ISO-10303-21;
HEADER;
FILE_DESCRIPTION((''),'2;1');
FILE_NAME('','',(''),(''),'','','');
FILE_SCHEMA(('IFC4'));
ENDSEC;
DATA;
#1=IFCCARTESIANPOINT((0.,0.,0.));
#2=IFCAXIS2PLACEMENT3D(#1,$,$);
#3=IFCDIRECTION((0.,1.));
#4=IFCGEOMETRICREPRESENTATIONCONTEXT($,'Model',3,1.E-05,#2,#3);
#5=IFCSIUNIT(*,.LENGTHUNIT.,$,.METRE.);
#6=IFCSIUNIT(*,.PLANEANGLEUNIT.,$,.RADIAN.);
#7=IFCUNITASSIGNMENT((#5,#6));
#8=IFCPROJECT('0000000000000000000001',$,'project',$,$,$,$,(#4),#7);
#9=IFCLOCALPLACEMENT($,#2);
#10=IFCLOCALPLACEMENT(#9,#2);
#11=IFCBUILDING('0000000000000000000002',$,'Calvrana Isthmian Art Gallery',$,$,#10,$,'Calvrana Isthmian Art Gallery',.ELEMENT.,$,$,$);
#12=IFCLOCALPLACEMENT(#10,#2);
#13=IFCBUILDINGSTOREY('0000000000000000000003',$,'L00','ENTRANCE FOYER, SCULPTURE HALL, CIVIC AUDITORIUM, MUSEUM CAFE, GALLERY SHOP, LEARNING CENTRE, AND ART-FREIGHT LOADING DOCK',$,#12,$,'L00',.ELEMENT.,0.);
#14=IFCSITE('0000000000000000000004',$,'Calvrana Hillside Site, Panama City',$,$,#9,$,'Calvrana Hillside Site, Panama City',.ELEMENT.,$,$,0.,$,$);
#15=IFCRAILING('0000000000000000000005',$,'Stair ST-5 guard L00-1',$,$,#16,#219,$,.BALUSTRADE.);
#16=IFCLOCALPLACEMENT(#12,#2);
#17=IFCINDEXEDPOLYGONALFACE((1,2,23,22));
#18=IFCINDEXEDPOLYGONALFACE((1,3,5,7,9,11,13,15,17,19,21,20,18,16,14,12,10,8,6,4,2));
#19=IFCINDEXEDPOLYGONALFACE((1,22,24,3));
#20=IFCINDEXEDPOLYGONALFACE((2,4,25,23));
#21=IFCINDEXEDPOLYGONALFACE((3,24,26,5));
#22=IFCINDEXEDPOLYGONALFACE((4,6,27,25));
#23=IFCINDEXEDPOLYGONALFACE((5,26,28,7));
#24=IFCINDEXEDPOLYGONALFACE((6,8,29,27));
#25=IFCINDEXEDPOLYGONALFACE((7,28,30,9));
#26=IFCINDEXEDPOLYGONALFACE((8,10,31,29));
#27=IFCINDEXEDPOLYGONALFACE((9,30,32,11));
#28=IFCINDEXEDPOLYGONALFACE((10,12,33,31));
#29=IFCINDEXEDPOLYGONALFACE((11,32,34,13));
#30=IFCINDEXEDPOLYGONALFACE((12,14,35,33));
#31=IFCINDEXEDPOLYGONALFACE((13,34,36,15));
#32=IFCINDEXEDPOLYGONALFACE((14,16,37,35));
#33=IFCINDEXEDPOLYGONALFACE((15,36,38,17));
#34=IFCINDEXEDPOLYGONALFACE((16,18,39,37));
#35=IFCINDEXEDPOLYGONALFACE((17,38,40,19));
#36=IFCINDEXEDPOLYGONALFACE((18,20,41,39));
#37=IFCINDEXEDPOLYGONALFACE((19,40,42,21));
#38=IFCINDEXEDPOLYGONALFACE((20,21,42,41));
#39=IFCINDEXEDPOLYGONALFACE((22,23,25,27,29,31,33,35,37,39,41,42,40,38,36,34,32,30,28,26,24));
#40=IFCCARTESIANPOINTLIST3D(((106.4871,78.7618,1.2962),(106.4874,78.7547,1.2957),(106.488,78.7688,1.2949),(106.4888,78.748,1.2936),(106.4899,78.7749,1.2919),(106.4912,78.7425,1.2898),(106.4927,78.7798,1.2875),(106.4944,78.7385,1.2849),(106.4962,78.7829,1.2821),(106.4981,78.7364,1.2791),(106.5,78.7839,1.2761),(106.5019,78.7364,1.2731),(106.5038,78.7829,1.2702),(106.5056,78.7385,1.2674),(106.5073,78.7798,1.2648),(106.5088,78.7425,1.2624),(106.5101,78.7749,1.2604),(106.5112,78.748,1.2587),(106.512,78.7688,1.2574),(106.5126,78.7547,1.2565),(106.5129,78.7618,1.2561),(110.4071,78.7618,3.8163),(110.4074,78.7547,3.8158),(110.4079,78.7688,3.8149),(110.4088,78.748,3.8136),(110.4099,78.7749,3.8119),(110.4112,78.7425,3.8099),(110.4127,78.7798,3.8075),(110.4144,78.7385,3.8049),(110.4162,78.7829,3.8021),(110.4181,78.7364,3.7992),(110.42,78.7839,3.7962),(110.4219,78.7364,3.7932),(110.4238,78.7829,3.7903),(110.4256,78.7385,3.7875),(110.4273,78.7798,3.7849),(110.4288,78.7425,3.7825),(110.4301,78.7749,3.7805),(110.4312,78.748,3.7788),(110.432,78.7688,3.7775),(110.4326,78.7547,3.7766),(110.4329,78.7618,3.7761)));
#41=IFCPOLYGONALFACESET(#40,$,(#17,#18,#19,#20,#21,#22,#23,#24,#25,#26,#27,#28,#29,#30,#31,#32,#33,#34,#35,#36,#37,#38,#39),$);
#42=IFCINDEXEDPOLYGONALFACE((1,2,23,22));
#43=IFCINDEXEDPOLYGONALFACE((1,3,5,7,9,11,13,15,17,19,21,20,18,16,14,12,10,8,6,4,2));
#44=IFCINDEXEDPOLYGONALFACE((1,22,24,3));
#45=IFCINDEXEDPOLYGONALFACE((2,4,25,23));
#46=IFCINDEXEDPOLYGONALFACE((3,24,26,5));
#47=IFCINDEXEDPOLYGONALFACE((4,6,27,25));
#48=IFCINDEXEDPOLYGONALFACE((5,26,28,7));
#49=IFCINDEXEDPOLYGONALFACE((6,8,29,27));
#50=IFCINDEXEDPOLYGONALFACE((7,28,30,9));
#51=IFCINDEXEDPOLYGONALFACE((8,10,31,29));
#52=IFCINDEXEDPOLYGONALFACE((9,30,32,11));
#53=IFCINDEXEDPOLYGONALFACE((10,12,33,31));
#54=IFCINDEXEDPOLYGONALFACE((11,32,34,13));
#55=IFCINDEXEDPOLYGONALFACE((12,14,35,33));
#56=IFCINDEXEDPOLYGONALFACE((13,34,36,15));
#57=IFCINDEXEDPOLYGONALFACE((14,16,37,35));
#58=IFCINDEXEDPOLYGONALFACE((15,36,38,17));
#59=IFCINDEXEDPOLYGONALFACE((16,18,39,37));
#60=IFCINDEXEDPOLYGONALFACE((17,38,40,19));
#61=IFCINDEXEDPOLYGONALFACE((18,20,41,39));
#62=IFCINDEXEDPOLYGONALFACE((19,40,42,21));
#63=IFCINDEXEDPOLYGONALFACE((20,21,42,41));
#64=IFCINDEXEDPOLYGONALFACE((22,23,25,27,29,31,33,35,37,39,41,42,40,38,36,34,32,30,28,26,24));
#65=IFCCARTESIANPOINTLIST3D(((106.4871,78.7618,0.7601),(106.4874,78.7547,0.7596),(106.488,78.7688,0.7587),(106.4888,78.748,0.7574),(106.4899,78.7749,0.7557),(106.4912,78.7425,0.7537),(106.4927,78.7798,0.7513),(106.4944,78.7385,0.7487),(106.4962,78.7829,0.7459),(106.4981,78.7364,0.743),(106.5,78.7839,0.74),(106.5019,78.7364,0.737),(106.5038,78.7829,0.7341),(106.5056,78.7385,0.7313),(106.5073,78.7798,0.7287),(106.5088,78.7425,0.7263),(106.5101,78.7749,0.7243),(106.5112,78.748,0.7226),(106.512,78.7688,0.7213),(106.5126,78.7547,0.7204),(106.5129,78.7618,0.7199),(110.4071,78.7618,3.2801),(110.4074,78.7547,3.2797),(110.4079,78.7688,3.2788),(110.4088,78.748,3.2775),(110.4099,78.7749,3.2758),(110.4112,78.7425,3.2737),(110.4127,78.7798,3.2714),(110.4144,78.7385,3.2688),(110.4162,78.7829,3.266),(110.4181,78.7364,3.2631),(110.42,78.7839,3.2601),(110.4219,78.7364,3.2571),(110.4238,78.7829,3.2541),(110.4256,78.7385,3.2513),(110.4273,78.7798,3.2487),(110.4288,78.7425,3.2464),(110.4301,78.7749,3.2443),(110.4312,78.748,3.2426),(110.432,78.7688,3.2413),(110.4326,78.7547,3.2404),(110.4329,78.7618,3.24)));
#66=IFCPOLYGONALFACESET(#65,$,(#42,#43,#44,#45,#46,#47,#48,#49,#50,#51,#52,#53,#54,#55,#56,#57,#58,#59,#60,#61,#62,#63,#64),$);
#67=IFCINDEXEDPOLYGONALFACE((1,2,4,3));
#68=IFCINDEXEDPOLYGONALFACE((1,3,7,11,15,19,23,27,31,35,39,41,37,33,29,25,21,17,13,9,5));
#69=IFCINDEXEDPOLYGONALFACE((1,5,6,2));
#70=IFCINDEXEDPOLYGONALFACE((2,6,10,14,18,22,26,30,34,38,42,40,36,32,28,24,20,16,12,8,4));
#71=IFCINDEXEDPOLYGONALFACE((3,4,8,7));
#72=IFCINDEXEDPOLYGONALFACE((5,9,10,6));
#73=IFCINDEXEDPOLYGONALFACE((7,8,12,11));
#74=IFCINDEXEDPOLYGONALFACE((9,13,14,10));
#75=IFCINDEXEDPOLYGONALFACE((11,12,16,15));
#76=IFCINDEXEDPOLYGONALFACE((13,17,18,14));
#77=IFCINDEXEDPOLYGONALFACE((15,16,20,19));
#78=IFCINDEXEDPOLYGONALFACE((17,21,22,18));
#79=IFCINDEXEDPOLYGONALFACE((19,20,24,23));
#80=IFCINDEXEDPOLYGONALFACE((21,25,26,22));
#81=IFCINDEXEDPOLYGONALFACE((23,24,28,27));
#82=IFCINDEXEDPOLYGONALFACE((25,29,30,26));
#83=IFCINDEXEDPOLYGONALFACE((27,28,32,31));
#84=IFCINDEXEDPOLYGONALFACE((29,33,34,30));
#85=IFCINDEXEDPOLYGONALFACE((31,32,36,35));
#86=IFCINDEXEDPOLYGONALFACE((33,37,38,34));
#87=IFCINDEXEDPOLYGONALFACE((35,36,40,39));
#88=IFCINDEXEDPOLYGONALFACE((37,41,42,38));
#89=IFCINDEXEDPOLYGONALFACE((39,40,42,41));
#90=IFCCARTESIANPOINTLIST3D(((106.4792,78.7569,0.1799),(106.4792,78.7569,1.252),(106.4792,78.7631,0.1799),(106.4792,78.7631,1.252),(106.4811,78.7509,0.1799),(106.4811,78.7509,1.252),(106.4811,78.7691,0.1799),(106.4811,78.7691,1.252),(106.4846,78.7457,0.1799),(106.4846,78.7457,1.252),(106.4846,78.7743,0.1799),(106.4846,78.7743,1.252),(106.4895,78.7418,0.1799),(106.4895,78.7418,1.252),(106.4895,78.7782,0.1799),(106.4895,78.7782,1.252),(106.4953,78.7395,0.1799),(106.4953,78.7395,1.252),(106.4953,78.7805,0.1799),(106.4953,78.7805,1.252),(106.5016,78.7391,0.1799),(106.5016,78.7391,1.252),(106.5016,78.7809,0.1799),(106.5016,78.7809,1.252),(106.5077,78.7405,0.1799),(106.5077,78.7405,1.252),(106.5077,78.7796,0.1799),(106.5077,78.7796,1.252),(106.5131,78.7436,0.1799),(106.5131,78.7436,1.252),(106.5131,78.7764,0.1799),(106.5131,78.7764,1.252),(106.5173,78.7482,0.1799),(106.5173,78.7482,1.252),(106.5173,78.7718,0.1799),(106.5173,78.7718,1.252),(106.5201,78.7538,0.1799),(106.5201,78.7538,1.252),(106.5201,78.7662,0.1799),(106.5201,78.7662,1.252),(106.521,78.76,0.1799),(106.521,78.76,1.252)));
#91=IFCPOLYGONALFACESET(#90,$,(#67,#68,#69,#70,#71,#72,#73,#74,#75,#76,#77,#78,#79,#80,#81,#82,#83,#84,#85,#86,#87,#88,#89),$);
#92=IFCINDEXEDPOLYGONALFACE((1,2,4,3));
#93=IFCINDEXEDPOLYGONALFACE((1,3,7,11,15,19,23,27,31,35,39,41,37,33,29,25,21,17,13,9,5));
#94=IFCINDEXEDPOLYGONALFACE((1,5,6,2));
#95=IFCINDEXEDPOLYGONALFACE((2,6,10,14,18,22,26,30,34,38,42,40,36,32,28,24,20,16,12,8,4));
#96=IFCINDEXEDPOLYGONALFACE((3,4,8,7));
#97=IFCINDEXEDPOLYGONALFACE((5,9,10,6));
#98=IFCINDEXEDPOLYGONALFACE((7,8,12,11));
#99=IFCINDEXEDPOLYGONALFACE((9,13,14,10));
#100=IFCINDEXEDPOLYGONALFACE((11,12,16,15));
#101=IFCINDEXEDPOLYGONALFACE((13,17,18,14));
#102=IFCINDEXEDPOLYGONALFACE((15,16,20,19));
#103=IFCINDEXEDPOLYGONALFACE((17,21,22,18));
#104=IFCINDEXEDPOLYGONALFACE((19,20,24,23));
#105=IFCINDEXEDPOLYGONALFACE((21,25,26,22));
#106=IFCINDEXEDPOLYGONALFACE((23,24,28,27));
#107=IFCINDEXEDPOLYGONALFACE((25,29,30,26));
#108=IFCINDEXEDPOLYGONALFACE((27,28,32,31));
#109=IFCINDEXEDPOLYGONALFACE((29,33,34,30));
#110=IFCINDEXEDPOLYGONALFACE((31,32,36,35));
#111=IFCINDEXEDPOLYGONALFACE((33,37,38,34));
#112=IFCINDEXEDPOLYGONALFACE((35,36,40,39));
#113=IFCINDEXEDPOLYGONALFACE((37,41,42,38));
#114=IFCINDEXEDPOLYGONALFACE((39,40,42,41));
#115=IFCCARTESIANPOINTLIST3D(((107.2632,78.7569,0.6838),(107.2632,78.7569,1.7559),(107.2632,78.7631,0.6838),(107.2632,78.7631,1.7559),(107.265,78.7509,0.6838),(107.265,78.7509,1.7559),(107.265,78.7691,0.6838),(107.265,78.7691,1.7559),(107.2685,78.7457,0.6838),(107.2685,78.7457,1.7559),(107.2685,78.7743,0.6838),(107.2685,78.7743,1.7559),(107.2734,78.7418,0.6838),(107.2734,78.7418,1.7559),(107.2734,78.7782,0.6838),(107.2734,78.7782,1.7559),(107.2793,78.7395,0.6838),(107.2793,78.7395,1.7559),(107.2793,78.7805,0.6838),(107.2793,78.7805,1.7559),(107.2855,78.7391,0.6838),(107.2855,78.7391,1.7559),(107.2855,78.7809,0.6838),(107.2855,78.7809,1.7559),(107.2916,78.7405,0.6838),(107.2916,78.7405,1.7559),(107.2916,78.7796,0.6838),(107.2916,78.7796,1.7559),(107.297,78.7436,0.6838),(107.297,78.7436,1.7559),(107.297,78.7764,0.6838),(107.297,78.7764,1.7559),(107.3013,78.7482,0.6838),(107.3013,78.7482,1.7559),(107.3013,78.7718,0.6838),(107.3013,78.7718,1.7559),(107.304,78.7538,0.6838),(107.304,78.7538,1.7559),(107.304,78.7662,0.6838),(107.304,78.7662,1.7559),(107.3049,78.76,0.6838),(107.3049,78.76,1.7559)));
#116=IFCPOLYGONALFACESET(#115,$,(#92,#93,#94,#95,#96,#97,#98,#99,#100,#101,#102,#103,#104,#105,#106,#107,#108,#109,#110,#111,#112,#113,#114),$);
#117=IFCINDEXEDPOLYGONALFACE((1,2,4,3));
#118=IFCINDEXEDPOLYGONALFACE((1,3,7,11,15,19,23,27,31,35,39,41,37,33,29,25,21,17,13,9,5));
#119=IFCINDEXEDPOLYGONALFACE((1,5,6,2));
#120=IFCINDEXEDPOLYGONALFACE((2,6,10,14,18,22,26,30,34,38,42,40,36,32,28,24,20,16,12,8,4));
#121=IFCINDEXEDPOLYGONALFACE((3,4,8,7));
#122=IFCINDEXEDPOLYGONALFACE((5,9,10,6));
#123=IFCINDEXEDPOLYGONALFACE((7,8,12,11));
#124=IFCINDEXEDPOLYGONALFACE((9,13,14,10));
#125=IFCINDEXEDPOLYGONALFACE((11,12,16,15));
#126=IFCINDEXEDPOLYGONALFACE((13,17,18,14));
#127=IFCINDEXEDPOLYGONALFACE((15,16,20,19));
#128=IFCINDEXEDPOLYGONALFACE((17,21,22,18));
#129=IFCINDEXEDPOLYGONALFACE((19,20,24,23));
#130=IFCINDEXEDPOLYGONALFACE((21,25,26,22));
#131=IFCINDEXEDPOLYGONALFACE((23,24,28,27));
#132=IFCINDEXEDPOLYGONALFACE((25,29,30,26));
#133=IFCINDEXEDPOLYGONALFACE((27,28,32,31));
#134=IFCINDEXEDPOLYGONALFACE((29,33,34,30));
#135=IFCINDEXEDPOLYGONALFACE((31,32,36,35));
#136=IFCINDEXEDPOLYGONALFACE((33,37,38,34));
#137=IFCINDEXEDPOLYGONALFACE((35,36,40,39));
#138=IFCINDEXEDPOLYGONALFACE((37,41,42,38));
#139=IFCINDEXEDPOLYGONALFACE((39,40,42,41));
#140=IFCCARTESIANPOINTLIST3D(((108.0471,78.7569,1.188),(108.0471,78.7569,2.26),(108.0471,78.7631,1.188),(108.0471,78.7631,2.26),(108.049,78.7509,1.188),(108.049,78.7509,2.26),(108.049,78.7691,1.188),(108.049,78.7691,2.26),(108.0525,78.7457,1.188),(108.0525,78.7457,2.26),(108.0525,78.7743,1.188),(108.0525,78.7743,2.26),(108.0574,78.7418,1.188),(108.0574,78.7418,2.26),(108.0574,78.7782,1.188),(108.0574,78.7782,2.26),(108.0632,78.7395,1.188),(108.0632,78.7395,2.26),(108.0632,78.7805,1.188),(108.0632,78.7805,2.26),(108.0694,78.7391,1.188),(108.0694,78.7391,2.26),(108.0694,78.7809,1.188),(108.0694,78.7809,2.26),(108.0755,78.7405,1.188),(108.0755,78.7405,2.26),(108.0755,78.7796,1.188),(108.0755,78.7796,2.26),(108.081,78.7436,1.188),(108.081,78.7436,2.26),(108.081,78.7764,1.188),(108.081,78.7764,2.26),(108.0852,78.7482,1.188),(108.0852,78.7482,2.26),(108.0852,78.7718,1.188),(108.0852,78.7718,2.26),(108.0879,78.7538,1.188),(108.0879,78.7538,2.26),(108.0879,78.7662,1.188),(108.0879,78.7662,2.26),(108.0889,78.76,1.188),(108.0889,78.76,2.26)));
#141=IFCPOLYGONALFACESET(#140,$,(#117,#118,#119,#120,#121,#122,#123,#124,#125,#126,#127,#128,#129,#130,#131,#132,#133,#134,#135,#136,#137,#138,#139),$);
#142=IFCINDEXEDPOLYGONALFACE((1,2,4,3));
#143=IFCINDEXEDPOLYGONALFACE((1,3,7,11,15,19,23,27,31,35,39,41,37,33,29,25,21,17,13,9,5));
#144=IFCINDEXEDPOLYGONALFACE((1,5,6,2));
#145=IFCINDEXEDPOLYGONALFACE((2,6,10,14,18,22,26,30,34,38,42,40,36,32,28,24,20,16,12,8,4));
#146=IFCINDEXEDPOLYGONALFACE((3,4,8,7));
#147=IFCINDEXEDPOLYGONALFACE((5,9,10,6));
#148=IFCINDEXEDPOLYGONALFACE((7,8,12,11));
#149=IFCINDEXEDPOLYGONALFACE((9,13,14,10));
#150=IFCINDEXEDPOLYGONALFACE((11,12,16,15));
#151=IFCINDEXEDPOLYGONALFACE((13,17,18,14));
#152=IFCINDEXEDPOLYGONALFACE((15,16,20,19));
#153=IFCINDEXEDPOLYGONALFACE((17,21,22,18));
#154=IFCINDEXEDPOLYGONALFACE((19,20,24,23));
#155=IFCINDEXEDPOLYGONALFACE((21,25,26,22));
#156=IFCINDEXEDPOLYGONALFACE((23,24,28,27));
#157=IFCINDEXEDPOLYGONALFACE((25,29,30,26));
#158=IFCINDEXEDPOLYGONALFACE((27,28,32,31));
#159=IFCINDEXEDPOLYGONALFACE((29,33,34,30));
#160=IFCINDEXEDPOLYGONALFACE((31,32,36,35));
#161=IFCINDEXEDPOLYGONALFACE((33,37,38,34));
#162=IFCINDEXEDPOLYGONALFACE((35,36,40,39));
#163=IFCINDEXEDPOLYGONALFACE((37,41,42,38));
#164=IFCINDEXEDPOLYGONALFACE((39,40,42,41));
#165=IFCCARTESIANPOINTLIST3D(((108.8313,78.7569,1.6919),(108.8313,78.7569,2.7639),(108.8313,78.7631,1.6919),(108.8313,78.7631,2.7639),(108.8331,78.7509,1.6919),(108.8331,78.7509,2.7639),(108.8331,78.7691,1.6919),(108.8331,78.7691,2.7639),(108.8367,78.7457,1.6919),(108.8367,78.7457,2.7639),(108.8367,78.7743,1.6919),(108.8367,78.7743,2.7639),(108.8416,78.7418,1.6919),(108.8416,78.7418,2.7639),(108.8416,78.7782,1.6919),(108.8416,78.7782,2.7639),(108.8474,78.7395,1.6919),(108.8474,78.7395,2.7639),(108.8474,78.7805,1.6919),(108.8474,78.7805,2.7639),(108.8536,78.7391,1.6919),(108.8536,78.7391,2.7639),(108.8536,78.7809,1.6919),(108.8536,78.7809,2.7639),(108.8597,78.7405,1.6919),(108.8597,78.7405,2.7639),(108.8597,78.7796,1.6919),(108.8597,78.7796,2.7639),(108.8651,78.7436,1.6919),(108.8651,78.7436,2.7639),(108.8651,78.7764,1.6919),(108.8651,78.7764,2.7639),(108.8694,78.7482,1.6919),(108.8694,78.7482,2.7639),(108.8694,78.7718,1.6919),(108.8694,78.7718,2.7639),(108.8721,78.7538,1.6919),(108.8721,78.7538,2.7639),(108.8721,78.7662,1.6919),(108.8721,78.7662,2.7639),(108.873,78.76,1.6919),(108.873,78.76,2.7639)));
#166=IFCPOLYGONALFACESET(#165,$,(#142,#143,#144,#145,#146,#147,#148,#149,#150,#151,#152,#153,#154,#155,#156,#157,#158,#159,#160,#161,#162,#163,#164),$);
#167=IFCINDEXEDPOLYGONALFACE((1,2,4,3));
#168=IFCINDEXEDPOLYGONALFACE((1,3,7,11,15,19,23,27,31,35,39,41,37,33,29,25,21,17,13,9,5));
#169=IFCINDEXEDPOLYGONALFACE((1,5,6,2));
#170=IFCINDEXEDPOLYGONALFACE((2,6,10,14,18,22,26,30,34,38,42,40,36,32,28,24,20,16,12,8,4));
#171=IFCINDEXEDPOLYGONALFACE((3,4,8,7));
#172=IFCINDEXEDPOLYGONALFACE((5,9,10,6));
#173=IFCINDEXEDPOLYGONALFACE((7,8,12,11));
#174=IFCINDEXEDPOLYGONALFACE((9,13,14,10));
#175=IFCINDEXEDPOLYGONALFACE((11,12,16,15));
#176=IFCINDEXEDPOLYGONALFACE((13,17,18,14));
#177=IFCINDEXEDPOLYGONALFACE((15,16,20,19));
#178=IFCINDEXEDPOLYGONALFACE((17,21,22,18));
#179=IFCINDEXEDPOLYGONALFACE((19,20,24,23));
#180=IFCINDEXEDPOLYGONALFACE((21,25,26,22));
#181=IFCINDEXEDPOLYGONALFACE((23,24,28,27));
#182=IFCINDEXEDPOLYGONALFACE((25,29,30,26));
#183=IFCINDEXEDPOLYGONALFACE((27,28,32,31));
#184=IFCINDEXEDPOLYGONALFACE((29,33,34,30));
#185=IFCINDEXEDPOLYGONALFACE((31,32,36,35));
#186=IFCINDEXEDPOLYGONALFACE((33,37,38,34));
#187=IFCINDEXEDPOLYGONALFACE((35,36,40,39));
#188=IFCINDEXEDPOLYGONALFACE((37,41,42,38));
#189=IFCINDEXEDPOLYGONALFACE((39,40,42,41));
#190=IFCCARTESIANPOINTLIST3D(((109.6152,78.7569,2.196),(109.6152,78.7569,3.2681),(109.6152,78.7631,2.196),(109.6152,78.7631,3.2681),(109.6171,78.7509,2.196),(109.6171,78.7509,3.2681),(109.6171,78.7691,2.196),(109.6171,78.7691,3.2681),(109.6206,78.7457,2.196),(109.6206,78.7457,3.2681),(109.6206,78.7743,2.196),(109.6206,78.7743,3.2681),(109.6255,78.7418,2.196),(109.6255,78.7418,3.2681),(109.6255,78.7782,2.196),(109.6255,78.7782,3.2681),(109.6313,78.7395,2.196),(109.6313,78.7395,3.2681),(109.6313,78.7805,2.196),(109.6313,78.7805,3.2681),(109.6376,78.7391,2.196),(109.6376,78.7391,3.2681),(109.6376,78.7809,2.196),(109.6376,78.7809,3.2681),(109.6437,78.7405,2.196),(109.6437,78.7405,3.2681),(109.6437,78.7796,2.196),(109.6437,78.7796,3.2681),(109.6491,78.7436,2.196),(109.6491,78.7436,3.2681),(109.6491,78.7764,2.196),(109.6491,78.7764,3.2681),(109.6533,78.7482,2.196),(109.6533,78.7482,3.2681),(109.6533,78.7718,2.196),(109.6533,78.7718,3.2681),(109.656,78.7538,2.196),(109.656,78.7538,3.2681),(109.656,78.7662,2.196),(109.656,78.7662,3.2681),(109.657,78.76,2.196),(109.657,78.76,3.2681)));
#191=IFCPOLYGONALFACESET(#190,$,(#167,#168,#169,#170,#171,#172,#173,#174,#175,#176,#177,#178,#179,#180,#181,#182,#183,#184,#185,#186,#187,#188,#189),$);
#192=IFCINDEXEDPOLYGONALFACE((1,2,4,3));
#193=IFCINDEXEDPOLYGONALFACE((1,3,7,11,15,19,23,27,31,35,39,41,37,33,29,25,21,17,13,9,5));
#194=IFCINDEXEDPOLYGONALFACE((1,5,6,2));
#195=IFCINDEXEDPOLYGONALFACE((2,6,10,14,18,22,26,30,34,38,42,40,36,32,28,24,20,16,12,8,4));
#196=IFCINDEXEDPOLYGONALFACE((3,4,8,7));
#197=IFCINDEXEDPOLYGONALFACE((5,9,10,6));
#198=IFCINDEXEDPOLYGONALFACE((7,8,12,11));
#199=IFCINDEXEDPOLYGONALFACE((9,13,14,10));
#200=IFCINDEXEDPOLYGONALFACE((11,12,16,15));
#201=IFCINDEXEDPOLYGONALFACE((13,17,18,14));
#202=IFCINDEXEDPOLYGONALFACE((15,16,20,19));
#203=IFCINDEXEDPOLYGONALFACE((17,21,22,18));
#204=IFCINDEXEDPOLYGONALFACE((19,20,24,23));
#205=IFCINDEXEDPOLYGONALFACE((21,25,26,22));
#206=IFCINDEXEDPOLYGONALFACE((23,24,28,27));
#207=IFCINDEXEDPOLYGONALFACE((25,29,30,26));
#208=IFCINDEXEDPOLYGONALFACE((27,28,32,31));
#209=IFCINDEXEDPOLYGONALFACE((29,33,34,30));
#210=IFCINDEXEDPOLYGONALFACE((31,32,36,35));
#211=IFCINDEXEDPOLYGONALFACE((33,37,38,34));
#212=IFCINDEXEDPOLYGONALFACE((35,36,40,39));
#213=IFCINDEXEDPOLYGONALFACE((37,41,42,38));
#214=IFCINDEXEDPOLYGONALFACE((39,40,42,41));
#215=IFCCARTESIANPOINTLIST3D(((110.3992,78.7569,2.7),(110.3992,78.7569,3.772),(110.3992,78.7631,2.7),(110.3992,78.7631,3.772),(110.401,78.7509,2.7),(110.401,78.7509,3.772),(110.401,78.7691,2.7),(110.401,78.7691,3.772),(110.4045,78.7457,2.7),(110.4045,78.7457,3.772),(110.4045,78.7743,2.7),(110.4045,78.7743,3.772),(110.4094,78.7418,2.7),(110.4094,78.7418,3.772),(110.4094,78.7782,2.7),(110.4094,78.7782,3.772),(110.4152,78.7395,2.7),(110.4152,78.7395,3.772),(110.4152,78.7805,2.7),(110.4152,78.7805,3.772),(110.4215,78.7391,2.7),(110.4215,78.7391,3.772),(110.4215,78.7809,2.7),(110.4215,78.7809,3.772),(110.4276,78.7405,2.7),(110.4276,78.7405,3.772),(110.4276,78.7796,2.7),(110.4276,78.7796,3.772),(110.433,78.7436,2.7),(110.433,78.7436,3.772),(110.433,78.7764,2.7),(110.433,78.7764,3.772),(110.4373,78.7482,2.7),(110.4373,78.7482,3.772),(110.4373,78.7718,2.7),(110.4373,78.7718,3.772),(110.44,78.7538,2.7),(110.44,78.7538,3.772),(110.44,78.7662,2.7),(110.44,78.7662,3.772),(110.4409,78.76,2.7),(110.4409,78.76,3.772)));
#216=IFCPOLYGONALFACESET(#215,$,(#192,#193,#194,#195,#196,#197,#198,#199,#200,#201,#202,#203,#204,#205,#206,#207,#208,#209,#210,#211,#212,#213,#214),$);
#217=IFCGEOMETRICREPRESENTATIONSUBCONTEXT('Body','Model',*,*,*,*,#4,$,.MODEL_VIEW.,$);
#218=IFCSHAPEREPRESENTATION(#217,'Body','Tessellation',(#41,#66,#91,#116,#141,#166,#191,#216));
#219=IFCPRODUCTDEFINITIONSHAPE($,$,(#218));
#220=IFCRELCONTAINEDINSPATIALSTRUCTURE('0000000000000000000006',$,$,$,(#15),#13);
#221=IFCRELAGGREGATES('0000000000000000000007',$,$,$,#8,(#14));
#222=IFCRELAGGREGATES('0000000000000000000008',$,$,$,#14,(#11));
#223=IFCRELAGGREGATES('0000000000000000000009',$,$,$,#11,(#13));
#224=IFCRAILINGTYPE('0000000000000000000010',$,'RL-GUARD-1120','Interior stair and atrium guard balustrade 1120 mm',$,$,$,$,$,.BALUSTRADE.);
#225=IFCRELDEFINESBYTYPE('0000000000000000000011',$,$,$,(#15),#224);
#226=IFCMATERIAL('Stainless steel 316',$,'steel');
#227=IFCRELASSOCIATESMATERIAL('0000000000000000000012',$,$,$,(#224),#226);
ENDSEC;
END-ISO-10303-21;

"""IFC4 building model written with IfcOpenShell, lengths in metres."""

from ifc_helpers import new_model, si_unit, direction, frame, origin, origin_2d, place, context, subcontext, project, spatial, circle, extrude, material, type_object, element, save


model = new_model("IFC4")

# Units and contexts
model_context = context("Model", 3, precision=1e-05, world=origin(), true_north=direction((0.0, 1.0)))
body_context = subcontext(model_context, "Body", "Model", "MODEL_VIEW")
ifc_project = project(units=[si_unit("LENGTHUNIT", "METRE"), si_unit("PLANEANGLEUNIT", "RADIAN")], contexts=[model_context])

# Site, building, storey
site_placement = place(None, origin())
site = spatial("IfcSite", under=ifc_project, at=site_placement, Name="Calvrana Hillside Site, Panama City", LongName="Calvrana Hillside Site, Panama City", CompositionType="ELEMENT", RefElevation=0.0)
building_placement = place(site_placement, origin())
building = spatial("IfcBuilding", under=site, at=building_placement, Name="Calvrana Isthmian Art Gallery", LongName="Calvrana Isthmian Art Gallery", CompositionType="ELEMENT")
storey_placement = place(building_placement, origin())
storey = spatial("IfcBuildingStorey", under=building, at=storey_placement, Name="L00", Description="ENTRANCE FOYER, SCULPTURE HALL, CIVIC AUDITORIUM, MUSEUM CAFE, GALLERY SHOP, LEARNING CENTRE, AND ART-FREIGHT LOADING DOCK", LongName="L00", CompositionType="ELEMENT", Elevation=0.0)

# Railing
ifc_material_1 = material(Name="Stainless steel 316", Category="steel")
railing_type_1 = type_object("IfcRailingType", Name="RL-GUARD-1120", Description="Interior stair and atrium guard balustrade 1120 mm", PredefinedType="BALUSTRADE", material=ifc_material_1)
railing_1_placement = place(storey_placement, frame((106.5, 78.76, 0.1799)))
element("IfcRailing", 1, at=railing_1_placement, inside=storey, type_object=railing_type_1, Name="Stair ST-5 guard L00-1", PredefinedType="BALUSTRADE", context=body_context, shape_type="SweptSolid", body=[
    extrude(circle(Radius=0.0239, at=origin_2d()), frame((0.0, 0.0, 1.0962), z_axis=(0.841172, 0.0, 0.540768), x_axis=(0.0, 1.0, 0.0)), (0.0, 0.0, 1.0), 4.6602),
    extrude(circle(Radius=0.0239, at=origin_2d()), frame((0.0, 0.0, 0.5601), z_axis=(0.841172, 0.0, 0.540768), x_axis=(0.0, 1.0, 0.0)), (0.0, 0.0, 1.0), 4.6602),
    extrude(circle(Radius=0.021, at=origin_2d()), origin(), (0.0, 0.0, 1.0), 1.072),
    extrude(circle(Radius=0.021, at=origin_2d()), frame((0.7839, 0.0, 0.5039)), (0.0, 0.0, 1.0), 1.072),
    extrude(circle(Radius=0.021, at=origin_2d()), frame((1.5679, 0.0, 1.0081)), (0.0, 0.0, 1.0), 1.072),
    extrude(circle(Radius=0.021, at=origin_2d()), frame((2.3521, 0.0, 1.512)), (0.0, 0.0, 1.0), 1.072),
    extrude(circle(Radius=0.021, at=origin_2d()), frame((3.136, 0.0, 2.0161)), (0.0, 0.0, 1.0), 1.072),
    extrude(circle(Radius=0.021, at=origin_2d()), frame((3.9199, 0.0, 2.52)), (0.0, 0.0, 1.0), 1.072),
])

save(model, "model.ifc")
